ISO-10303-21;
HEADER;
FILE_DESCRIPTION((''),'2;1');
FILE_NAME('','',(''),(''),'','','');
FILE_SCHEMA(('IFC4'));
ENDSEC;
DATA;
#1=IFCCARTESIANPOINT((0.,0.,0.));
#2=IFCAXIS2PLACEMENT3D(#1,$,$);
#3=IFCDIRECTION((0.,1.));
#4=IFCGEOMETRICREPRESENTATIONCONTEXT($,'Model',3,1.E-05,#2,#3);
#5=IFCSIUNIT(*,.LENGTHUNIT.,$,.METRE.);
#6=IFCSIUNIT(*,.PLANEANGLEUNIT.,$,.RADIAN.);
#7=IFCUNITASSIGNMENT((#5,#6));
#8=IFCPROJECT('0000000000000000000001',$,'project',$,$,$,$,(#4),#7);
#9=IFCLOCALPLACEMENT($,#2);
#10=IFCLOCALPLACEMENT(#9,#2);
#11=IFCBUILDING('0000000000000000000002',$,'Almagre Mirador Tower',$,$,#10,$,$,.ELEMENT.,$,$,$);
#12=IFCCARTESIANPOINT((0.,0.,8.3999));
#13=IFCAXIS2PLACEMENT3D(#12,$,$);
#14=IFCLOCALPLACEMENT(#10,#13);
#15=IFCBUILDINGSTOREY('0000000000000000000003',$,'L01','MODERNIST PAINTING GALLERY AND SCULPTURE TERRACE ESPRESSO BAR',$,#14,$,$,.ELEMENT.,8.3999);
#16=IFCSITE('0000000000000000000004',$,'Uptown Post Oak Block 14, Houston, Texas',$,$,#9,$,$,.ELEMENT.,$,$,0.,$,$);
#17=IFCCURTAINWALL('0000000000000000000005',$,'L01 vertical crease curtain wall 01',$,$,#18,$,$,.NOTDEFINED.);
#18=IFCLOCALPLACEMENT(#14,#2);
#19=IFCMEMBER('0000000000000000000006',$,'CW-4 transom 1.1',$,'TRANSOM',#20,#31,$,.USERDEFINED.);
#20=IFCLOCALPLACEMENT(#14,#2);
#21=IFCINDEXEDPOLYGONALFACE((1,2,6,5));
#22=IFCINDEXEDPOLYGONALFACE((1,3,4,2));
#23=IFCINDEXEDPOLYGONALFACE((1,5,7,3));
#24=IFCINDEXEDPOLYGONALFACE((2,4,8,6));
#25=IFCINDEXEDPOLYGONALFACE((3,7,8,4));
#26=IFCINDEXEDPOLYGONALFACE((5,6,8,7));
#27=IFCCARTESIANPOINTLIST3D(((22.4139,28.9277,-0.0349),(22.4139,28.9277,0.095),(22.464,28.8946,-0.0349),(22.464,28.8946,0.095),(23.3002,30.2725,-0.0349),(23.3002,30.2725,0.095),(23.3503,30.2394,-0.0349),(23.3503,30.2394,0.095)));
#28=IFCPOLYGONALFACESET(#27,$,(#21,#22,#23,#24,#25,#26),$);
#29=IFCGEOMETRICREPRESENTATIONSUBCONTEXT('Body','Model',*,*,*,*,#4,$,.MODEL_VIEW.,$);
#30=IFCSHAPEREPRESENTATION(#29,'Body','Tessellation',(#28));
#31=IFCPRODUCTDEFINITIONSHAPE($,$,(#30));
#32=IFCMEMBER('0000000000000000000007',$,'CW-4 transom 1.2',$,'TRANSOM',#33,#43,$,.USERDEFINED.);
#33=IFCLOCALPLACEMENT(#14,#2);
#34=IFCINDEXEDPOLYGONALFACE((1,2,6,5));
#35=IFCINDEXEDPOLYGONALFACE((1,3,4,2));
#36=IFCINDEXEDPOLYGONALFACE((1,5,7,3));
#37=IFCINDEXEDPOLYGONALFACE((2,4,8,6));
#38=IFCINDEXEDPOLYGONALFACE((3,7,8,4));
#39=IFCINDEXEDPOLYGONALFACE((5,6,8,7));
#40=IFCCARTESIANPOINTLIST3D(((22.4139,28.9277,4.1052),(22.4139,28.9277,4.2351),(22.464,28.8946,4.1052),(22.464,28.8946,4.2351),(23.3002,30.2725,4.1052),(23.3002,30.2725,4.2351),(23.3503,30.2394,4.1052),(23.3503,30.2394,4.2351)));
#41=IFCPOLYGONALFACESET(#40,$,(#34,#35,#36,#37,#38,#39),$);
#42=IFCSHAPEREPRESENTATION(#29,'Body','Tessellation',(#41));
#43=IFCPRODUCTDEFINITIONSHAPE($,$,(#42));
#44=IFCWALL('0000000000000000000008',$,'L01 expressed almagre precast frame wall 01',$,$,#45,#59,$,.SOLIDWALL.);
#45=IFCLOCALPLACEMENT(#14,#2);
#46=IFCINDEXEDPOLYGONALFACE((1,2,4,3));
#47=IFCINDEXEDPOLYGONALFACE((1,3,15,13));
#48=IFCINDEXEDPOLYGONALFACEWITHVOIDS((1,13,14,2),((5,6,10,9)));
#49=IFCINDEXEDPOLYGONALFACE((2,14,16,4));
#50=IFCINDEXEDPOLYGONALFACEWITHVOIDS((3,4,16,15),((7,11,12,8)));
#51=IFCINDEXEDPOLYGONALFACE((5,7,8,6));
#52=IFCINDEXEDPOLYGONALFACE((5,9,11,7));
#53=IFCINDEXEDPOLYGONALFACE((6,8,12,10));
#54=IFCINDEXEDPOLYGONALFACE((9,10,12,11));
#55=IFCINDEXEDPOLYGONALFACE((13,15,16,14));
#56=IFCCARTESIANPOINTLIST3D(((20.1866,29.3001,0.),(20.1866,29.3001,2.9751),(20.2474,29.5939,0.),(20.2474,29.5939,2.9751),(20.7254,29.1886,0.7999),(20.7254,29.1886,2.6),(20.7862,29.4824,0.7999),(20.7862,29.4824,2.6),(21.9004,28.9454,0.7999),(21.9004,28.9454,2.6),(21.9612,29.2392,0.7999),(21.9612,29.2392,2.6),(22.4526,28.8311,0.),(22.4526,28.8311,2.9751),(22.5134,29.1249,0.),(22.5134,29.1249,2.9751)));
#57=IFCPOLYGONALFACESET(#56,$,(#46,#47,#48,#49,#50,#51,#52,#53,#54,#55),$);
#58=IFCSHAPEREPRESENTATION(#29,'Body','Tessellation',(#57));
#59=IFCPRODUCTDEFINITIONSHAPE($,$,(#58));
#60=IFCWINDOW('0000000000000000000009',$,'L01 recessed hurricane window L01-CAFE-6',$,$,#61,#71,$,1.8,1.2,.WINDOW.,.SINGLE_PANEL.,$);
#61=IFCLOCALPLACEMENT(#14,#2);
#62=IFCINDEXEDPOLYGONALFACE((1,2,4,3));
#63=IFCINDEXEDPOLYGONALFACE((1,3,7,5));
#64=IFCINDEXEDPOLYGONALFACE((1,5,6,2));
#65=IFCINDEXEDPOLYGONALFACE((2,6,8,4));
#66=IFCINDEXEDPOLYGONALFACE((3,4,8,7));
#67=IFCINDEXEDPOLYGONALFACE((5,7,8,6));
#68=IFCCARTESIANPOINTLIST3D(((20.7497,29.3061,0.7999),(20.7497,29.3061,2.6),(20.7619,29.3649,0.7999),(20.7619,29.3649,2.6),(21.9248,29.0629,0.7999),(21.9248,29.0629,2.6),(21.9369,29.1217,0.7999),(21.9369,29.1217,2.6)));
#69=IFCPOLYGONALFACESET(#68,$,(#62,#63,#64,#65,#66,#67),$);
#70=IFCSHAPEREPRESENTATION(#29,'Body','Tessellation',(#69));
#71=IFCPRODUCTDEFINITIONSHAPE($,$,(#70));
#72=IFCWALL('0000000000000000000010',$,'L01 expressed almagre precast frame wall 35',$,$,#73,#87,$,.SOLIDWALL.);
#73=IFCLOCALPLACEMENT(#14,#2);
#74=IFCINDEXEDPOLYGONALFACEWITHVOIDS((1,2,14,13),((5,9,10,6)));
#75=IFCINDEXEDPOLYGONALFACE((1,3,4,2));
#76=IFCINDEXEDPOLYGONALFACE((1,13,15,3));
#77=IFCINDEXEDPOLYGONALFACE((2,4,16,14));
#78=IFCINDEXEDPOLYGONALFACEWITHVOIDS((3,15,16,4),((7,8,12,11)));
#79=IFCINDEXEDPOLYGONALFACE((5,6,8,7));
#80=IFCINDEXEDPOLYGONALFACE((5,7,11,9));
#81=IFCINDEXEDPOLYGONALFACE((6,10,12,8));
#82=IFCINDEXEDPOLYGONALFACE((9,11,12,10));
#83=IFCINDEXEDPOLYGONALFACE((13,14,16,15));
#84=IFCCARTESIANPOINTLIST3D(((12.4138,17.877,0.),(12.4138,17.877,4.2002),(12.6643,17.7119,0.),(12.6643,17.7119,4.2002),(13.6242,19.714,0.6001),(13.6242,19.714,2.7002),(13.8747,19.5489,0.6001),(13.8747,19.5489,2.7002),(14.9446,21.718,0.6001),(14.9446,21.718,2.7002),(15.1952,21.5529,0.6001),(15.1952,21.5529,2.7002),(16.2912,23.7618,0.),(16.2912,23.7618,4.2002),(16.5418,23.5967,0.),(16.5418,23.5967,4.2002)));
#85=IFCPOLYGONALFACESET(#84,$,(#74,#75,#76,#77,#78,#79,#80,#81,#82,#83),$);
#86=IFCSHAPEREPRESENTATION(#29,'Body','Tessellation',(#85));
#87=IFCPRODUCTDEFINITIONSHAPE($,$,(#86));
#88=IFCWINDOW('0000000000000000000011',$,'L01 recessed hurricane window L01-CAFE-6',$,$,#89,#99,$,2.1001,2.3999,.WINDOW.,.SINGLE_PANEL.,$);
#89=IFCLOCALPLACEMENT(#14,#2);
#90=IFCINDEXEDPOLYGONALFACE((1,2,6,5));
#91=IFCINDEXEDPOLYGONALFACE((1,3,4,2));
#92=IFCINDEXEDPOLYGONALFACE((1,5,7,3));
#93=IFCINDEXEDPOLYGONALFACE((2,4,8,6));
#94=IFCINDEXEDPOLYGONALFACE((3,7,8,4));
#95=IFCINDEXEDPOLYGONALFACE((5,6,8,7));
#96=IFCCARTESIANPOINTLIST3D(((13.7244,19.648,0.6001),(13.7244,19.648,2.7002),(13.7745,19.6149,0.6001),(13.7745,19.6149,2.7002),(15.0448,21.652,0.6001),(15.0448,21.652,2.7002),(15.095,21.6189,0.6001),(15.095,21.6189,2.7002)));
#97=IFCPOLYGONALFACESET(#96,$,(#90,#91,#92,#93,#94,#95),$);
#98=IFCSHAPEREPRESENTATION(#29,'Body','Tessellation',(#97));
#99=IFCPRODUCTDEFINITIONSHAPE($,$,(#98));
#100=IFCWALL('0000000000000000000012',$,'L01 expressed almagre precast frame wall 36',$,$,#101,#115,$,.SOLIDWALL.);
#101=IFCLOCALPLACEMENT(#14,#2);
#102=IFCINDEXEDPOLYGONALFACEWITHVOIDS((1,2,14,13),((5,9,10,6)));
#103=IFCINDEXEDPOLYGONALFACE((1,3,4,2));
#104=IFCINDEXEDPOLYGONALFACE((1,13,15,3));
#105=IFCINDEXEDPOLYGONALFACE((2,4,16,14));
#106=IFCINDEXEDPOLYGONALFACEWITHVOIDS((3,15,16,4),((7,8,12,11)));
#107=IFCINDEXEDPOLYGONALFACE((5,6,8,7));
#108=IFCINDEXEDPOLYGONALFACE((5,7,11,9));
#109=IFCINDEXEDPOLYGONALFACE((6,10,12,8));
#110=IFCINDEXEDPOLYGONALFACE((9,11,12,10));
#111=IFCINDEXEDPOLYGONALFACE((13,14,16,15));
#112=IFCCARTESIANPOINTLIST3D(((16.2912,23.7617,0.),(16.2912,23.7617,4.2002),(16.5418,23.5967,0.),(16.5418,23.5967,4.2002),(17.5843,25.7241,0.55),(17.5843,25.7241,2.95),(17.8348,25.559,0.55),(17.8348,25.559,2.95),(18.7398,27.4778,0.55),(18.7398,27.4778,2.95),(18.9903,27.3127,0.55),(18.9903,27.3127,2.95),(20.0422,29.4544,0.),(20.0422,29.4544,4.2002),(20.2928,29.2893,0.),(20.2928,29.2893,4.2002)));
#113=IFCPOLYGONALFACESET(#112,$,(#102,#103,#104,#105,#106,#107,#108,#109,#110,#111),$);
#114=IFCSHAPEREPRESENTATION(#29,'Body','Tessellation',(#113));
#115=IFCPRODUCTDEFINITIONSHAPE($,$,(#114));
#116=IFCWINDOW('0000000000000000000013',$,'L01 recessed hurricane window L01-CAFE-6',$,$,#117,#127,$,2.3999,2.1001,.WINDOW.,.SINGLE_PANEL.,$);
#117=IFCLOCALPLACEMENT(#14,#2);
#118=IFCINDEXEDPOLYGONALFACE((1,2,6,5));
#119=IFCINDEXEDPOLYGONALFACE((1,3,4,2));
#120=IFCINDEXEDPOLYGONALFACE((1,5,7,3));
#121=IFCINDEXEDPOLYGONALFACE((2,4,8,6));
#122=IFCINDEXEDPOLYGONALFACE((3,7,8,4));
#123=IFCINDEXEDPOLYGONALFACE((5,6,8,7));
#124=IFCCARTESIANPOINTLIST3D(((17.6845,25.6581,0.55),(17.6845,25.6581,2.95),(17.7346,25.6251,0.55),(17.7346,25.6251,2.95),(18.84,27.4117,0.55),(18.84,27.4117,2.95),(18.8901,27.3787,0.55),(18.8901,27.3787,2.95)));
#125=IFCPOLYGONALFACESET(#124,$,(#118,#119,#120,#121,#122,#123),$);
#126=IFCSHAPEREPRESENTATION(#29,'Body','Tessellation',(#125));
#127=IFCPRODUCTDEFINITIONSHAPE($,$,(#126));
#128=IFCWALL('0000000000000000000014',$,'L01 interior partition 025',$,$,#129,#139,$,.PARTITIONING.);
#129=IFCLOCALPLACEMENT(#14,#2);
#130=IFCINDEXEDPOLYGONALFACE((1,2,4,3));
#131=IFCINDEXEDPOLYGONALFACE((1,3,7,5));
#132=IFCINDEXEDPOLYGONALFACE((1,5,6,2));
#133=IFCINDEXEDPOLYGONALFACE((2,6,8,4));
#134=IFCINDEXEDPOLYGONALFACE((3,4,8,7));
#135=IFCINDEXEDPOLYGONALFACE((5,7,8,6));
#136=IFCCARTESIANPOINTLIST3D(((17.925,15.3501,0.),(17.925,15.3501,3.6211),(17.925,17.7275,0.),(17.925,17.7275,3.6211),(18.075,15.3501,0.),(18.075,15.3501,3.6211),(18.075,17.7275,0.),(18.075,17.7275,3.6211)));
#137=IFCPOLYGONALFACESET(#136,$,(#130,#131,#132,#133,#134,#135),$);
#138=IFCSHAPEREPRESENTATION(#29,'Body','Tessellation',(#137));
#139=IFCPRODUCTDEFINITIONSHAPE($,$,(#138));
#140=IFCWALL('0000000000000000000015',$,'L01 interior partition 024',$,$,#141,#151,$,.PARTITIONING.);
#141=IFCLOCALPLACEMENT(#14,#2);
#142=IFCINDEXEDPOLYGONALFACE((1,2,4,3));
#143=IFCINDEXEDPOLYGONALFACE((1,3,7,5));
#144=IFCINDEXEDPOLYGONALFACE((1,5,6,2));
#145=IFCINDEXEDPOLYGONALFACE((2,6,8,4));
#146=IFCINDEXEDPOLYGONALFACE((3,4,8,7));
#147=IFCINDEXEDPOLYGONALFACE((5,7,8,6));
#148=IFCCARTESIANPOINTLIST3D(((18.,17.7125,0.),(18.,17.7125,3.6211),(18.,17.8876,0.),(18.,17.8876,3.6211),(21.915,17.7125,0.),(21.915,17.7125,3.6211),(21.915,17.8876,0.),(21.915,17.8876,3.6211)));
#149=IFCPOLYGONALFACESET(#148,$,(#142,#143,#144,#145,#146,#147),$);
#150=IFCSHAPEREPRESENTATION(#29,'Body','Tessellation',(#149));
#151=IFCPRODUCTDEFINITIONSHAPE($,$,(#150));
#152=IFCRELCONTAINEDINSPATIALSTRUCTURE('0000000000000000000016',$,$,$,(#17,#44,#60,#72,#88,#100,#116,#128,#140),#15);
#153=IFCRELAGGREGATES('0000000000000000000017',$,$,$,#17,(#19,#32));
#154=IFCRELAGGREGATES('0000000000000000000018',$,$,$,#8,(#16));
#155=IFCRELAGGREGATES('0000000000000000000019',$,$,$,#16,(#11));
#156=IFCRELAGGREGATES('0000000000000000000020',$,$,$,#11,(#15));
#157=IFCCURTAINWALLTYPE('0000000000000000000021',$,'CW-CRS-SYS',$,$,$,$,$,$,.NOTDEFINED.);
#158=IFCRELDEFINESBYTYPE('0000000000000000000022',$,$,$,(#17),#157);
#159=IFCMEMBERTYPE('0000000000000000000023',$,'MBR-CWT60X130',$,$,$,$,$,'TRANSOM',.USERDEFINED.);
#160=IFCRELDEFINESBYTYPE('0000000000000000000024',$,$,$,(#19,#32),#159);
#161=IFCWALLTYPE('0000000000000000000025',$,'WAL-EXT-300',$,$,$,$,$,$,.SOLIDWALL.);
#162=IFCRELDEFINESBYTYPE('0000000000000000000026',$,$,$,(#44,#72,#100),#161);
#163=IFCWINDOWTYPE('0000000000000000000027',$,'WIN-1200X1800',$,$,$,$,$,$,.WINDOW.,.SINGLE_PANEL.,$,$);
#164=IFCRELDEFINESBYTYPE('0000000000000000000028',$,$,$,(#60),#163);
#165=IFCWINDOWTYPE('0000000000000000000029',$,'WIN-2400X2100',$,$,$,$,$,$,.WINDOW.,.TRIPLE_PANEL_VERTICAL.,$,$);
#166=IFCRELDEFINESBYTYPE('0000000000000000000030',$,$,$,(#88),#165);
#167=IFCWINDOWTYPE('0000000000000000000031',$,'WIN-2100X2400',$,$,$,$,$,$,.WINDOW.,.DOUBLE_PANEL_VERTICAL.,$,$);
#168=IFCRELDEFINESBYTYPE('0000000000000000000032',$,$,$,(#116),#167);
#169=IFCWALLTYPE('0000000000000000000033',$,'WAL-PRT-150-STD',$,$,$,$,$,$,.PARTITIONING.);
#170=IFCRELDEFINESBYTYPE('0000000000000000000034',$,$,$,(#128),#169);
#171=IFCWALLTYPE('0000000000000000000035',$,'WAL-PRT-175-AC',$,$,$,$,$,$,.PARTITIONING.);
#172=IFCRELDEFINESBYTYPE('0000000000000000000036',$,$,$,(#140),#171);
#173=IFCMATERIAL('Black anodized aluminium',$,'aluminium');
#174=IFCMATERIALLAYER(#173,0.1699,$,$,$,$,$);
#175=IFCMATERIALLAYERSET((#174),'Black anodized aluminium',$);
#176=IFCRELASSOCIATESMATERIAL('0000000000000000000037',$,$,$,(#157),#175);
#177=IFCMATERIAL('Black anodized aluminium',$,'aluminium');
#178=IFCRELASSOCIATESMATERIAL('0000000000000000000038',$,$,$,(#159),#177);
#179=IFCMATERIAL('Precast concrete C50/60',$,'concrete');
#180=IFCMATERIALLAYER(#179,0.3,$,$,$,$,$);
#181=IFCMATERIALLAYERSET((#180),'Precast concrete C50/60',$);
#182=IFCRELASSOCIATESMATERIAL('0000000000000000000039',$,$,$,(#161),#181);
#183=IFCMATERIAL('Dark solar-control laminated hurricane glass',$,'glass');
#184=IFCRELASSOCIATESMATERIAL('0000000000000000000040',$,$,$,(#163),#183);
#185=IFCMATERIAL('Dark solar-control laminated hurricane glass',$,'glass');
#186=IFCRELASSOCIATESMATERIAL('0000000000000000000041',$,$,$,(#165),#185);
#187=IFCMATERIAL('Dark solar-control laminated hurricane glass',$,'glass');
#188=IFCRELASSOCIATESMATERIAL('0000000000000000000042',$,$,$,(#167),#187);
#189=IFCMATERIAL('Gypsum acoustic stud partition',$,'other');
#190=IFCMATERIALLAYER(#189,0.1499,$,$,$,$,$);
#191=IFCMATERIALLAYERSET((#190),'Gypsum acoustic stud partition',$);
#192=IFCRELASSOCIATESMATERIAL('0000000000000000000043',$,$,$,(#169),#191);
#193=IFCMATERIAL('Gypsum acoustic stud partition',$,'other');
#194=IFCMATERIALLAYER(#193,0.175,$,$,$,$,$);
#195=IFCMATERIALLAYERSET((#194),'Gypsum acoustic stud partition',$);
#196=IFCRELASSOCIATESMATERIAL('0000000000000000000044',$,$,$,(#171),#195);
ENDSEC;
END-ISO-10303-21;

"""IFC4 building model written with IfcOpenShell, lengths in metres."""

from ifc_helpers import new_model, si_unit, direction, frame, frame_2d, origin, origin_2d, place, context, subcontext, project, spatial, rectangle, extrude, material, layer, layer_set, material_profile, profile_set, type_object, element, fill, aggregate, save


model = new_model("IFC4")

# Units and contexts
model_context = context("Model", 3, precision=1e-05, world=origin(), true_north=direction((0.0, 1.0)))
body_context = subcontext(model_context, "Body", "Model", "MODEL_VIEW")
ifc_project = project(units=[si_unit("LENGTHUNIT", "METRE"), si_unit("PLANEANGLEUNIT", "RADIAN")], contexts=[model_context])

# Site, building, storey
site_placement = place(None, origin())
site = spatial("IfcSite", under=ifc_project, at=site_placement, Name="Uptown Post Oak Block 14, Houston, Texas", CompositionType="ELEMENT", RefElevation=0.0)
building_placement = place(site_placement, origin())
building = spatial("IfcBuilding", under=site, at=building_placement, Name="Almagre Mirador Tower", CompositionType="ELEMENT")
storey_placement = place(building_placement, frame((0.0, 0.0, 8.3999)))
storey = spatial("IfcBuildingStorey", under=building, at=storey_placement, Name="L01", Description="MODERNIST PAINTING GALLERY AND SCULPTURE TERRACE ESPRESSO BAR", CompositionType="ELEMENT", Elevation=8.3999)

# Curtain wall, members
ifc_material_1 = material(Name="Black anodized aluminium", Category="aluminium")
ifc_layer_1 = layer(ifc_material_1, 0.1699)
ifc_layer_set_1 = layer_set([ifc_layer_1], Name="Black anodized aluminium")
curtain_wall_type = type_object("IfcCurtainWallType", Name="CW-CRS-SYS", PredefinedType="NOTDEFINED", material=ifc_layer_set_1)
curtain_wall_placement = place(storey_placement, origin())
curtain_wall = element("IfcCurtainWall", 1, at=curtain_wall_placement, inside=storey, type_object=curtain_wall_type, Name="L01 vertical crease curtain wall 01", PredefinedType="NOTDEFINED")
ifc_material_2 = material(Name="Black anodized aluminium", Category="aluminium")
ifc_material_profile_1 = material_profile(ifc_material_2, rectangle(XDim=0.0601, YDim=0.1299, at=origin_2d()), Name="CWT60X130")
ifc_profile_set_1 = profile_set([ifc_material_profile_1], Name="Black anodized aluminium")
member_type_1 = type_object("IfcMemberType", Name="MBR-CWT60X130", ElementType="TRANSOM", PredefinedType="USERDEFINED", material=ifc_profile_set_1)
member_1_placement = place(storey_placement, frame((22.439, 28.9111, 0.03), z_axis=(0.550285, 0.834977, 0.0), x_axis=(-0.834977, 0.550285, 0.0)))
member_1 = element("IfcMember", 2, at=member_1_placement, type_object=member_type_1, Name="CW-4 transom 1.1", ObjectType="TRANSOM", PredefinedType="USERDEFINED", context=body_context, shape_type="SweptSolid", body=[
    extrude(rectangle(XDim=0.0601, YDim=0.1299, at=origin_2d()), origin(), (0.0, 0.0, 1.0), 1.6106),
])
member_2_placement = place(storey_placement, frame((22.439, 28.9111, 4.1702), z_axis=(0.550285, 0.834977, 0.0), x_axis=(-0.834977, 0.550285, 0.0)))
member_2 = element("IfcMember", 3, at=member_2_placement, type_object=member_type_1, Name="CW-4 transom 1.2", ObjectType="TRANSOM", PredefinedType="USERDEFINED", context=body_context, shape_type="SweptSolid", body=[
    extrude(rectangle(XDim=0.0601, YDim=0.1299, at=origin_2d()), origin(), (0.0, 0.0, 1.0), 1.6106),
])
aggregate(curtain_wall, [member_1, member_2])

# Walls, openings, windows
ifc_material_3 = material(Name="Precast concrete C50/60", Category="concrete")
ifc_layer_2 = layer(ifc_material_3, 0.3)
ifc_layer_set_2 = layer_set([ifc_layer_2], Name="Precast concrete C50/60")
wall_type_1 = type_object("IfcWallType", Name="WAL-EXT-300", PredefinedType="SOLIDWALL", material=ifc_layer_set_2)
wall_1_placement = place(storey_placement, frame((20.217, 29.447, 0.0), z_axis=(0.0, 0.0, 1.0), x_axis=(0.979244, -0.202686, 0.0)))
wall_1 = element("IfcWall", 4, at=wall_1_placement, inside=storey, type_object=wall_type_1, Name="L01 expressed almagre precast frame wall 01", PredefinedType="SOLIDWALL", context=body_context, shape_type="SweptSolid", body=[
    extrude(rectangle(XDim=2.314, YDim=0.3, at=frame_2d((1.157, 0.0))), origin(), (0.0, 0.0, 1.0), 2.9751),
])
opening_1_placement = place(wall_1_placement, frame((0.55, 0.0, 0.8)))
opening_1 = element("IfcOpeningElement", 5, at=opening_1_placement, cuts=wall_1, PredefinedType="OPENING", context=body_context, shape_type="SweptSolid", body=[
    extrude(rectangle(XDim=1.2, YDim=1.8, at=frame_2d((0.6001, 0.8999))), frame((0.0, 0.1599, 0.0), z_axis=(0.0, -1.0, 0.0), x_axis=(1.0, 0.0, 0.0)), (0.0, 0.0, 1.0), 0.32),
])
ifc_material_4 = material(Name="Dark solar-control laminated hurricane glass", Category="glass")
window_type_1 = type_object("IfcWindowType", Name="WIN-1200X1800", PartitioningType="SINGLE_PANEL", PredefinedType="WINDOW", material=ifc_material_4)
window_1_placement = place(opening_1_placement, origin())
window_1 = element("IfcWindow", 6, at=window_1_placement, inside=storey, type_object=window_type_1, Name="L01 recessed hurricane window L01-CAFE-6", OverallHeight=1.8, OverallWidth=1.2, PartitioningType="SINGLE_PANEL", PredefinedType="WINDOW", context=body_context, shape_type="SweptSolid", body=[
    extrude(rectangle(XDim=1.2, YDim=1.8, at=frame_2d((0.6001, 0.8999))), frame((0.0, 0.03, 0.0), z_axis=(0.0, -1.0, 0.0), x_axis=(1.0, 0.0, 0.0)), (0.0, 0.0, 1.0), 0.0601),
])
fill(opening_1, window_1)
wall_2_placement = place(storey_placement, frame((12.5391, 17.7944, 0.0), z_axis=(0.0, 0.0, 1.0), x_axis=(0.550199, 0.835033, 0.0)))
wall_2 = element("IfcWall", 7, at=wall_2_placement, inside=storey, type_object=wall_type_1, Name="L01 expressed almagre precast frame wall 35", PredefinedType="SOLIDWALL", context=body_context, shape_type="SweptSolid", body=[
    extrude(rectangle(XDim=7.0474, YDim=0.3, at=frame_2d((3.5237, 0.0))), origin(), (0.0, 0.0, 1.0), 4.2002),
])
opening_2_placement = place(wall_2_placement, frame((2.2, 0.0, 0.6001)))
opening_2 = element("IfcOpeningElement", 8, at=opening_2_placement, cuts=wall_2, PredefinedType="OPENING", context=body_context, shape_type="SweptSolid", body=[
    extrude(rectangle(XDim=2.3999, YDim=2.1001, at=frame_2d((1.2, 1.05))), frame((0.0, 0.1599, 0.0), z_axis=(0.0, -1.0, 0.0), x_axis=(1.0, 0.0, 0.0)), (0.0, 0.0, 1.0), 0.32),
])
ifc_material_5 = material(Name="Dark solar-control laminated hurricane glass", Category="glass")
window_type_2 = type_object("IfcWindowType", Name="WIN-2400X2100", PartitioningType="TRIPLE_PANEL_VERTICAL", PredefinedType="WINDOW", material=ifc_material_5)
window_2_placement = place(opening_2_placement, origin())
window_2 = element("IfcWindow", 9, at=window_2_placement, inside=storey, type_object=window_type_2, Name="L01 recessed hurricane window L01-CAFE-6", OverallHeight=2.1001, OverallWidth=2.3999, PartitioningType="SINGLE_PANEL", PredefinedType="WINDOW", context=body_context, shape_type="SweptSolid", body=[
    extrude(rectangle(XDim=2.3999, YDim=2.1001, at=frame_2d((1.2, 1.05))), frame((0.0, 0.03, 0.0), z_axis=(0.0, -1.0, 0.0), x_axis=(1.0, 0.0, 0.0)), (0.0, 0.0, 1.0), 0.0601),
])
fill(opening_2, window_2)
wall_3_placement = place(storey_placement, frame((16.4165, 23.6792, 0.0), z_axis=(0.0, 0.0, 1.0), x_axis=(0.550213, 0.835024, 0.0)))
wall_3 = element("IfcWall", 10, at=wall_3_placement, inside=storey, type_object=wall_type_1, Name="L01 expressed almagre precast frame wall 36", PredefinedType="SOLIDWALL", context=body_context, shape_type="SweptSolid", body=[
    extrude(rectangle(XDim=6.8174, YDim=0.3, at=frame_2d((3.4087, 0.0))), origin(), (0.0, 0.0, 1.0), 4.2002),
])
opening_3_placement = place(wall_3_placement, frame((2.3501, 0.0, 0.55)))
opening_3 = element("IfcOpeningElement", 11, at=opening_3_placement, cuts=wall_3, PredefinedType="OPENING", context=body_context, shape_type="SweptSolid", body=[
    extrude(rectangle(XDim=2.1001, YDim=2.3999, at=frame_2d((1.05, 1.2))), frame((0.0, 0.1599, 0.0), z_axis=(0.0, -1.0, 0.0), x_axis=(1.0, 0.0, 0.0)), (0.0, 0.0, 1.0), 0.32),
])
ifc_material_6 = material(Name="Dark solar-control laminated hurricane glass", Category="glass")
window_type_3 = type_object("IfcWindowType", Name="WIN-2100X2400", PartitioningType="DOUBLE_PANEL_VERTICAL", PredefinedType="WINDOW", material=ifc_material_6)
window_3_placement = place(opening_3_placement, origin())
window_3 = element("IfcWindow", 12, at=window_3_placement, inside=storey, type_object=window_type_3, Name="L01 recessed hurricane window L01-CAFE-6", OverallHeight=2.3999, OverallWidth=2.1001, PartitioningType="SINGLE_PANEL", PredefinedType="WINDOW", context=body_context, shape_type="SweptSolid", body=[
    extrude(rectangle(XDim=2.1001, YDim=2.3999, at=frame_2d((1.05, 1.2))), frame((0.0, 0.03, 0.0), z_axis=(0.0, -1.0, 0.0), x_axis=(1.0, 0.0, 0.0)), (0.0, 0.0, 1.0), 0.0601),
])
fill(opening_3, window_3)

# Walls
ifc_material_7 = material(Name="Gypsum acoustic stud partition", Category="other")
ifc_layer_3 = layer(ifc_material_7, 0.1499)
ifc_layer_set_3 = layer_set([ifc_layer_3], Name="Gypsum acoustic stud partition")
wall_type_2 = type_object("IfcWallType", Name="WAL-PRT-150-STD", PredefinedType="PARTITIONING", material=ifc_layer_set_3)
wall_4_placement = place(storey_placement, frame((18.0, 17.7275, 0.0), z_axis=(0.0, 0.0, 1.0), x_axis=(0.0, -1.0, 0.0)))
element("IfcWall", 13, at=wall_4_placement, inside=storey, type_object=wall_type_2, Name="L01 interior partition 025", PredefinedType="PARTITIONING", context=body_context, shape_type="SweptSolid", body=[
    extrude(rectangle(XDim=2.3774, YDim=0.1499, at=frame_2d((1.1887, 0.0))), origin(), (0.0, 0.0, 1.0), 3.6211),
])
ifc_material_8 = material(Name="Gypsum acoustic stud partition", Category="other")
ifc_layer_4 = layer(ifc_material_8, 0.175)
ifc_layer_set_4 = layer_set([ifc_layer_4], Name="Gypsum acoustic stud partition")
wall_type_3 = type_object("IfcWallType", Name="WAL-PRT-175-AC", PredefinedType="PARTITIONING", material=ifc_layer_set_4)
wall_5_placement = place(storey_placement, frame((21.915, 17.8, 0.0), z_axis=(0.0, 0.0, 1.0), x_axis=(-1.0, 0.0, 0.0)))
element("IfcWall", 14, at=wall_5_placement, inside=storey, type_object=wall_type_3, Name="L01 interior partition 024", PredefinedType="PARTITIONING", context=body_context, shape_type="SweptSolid", body=[
    extrude(rectangle(XDim=3.915, YDim=0.175, at=frame_2d((1.9575, 0.0))), origin(), (0.0, 0.0, 1.0), 3.6211),
])

save(model, "model.ifc")
